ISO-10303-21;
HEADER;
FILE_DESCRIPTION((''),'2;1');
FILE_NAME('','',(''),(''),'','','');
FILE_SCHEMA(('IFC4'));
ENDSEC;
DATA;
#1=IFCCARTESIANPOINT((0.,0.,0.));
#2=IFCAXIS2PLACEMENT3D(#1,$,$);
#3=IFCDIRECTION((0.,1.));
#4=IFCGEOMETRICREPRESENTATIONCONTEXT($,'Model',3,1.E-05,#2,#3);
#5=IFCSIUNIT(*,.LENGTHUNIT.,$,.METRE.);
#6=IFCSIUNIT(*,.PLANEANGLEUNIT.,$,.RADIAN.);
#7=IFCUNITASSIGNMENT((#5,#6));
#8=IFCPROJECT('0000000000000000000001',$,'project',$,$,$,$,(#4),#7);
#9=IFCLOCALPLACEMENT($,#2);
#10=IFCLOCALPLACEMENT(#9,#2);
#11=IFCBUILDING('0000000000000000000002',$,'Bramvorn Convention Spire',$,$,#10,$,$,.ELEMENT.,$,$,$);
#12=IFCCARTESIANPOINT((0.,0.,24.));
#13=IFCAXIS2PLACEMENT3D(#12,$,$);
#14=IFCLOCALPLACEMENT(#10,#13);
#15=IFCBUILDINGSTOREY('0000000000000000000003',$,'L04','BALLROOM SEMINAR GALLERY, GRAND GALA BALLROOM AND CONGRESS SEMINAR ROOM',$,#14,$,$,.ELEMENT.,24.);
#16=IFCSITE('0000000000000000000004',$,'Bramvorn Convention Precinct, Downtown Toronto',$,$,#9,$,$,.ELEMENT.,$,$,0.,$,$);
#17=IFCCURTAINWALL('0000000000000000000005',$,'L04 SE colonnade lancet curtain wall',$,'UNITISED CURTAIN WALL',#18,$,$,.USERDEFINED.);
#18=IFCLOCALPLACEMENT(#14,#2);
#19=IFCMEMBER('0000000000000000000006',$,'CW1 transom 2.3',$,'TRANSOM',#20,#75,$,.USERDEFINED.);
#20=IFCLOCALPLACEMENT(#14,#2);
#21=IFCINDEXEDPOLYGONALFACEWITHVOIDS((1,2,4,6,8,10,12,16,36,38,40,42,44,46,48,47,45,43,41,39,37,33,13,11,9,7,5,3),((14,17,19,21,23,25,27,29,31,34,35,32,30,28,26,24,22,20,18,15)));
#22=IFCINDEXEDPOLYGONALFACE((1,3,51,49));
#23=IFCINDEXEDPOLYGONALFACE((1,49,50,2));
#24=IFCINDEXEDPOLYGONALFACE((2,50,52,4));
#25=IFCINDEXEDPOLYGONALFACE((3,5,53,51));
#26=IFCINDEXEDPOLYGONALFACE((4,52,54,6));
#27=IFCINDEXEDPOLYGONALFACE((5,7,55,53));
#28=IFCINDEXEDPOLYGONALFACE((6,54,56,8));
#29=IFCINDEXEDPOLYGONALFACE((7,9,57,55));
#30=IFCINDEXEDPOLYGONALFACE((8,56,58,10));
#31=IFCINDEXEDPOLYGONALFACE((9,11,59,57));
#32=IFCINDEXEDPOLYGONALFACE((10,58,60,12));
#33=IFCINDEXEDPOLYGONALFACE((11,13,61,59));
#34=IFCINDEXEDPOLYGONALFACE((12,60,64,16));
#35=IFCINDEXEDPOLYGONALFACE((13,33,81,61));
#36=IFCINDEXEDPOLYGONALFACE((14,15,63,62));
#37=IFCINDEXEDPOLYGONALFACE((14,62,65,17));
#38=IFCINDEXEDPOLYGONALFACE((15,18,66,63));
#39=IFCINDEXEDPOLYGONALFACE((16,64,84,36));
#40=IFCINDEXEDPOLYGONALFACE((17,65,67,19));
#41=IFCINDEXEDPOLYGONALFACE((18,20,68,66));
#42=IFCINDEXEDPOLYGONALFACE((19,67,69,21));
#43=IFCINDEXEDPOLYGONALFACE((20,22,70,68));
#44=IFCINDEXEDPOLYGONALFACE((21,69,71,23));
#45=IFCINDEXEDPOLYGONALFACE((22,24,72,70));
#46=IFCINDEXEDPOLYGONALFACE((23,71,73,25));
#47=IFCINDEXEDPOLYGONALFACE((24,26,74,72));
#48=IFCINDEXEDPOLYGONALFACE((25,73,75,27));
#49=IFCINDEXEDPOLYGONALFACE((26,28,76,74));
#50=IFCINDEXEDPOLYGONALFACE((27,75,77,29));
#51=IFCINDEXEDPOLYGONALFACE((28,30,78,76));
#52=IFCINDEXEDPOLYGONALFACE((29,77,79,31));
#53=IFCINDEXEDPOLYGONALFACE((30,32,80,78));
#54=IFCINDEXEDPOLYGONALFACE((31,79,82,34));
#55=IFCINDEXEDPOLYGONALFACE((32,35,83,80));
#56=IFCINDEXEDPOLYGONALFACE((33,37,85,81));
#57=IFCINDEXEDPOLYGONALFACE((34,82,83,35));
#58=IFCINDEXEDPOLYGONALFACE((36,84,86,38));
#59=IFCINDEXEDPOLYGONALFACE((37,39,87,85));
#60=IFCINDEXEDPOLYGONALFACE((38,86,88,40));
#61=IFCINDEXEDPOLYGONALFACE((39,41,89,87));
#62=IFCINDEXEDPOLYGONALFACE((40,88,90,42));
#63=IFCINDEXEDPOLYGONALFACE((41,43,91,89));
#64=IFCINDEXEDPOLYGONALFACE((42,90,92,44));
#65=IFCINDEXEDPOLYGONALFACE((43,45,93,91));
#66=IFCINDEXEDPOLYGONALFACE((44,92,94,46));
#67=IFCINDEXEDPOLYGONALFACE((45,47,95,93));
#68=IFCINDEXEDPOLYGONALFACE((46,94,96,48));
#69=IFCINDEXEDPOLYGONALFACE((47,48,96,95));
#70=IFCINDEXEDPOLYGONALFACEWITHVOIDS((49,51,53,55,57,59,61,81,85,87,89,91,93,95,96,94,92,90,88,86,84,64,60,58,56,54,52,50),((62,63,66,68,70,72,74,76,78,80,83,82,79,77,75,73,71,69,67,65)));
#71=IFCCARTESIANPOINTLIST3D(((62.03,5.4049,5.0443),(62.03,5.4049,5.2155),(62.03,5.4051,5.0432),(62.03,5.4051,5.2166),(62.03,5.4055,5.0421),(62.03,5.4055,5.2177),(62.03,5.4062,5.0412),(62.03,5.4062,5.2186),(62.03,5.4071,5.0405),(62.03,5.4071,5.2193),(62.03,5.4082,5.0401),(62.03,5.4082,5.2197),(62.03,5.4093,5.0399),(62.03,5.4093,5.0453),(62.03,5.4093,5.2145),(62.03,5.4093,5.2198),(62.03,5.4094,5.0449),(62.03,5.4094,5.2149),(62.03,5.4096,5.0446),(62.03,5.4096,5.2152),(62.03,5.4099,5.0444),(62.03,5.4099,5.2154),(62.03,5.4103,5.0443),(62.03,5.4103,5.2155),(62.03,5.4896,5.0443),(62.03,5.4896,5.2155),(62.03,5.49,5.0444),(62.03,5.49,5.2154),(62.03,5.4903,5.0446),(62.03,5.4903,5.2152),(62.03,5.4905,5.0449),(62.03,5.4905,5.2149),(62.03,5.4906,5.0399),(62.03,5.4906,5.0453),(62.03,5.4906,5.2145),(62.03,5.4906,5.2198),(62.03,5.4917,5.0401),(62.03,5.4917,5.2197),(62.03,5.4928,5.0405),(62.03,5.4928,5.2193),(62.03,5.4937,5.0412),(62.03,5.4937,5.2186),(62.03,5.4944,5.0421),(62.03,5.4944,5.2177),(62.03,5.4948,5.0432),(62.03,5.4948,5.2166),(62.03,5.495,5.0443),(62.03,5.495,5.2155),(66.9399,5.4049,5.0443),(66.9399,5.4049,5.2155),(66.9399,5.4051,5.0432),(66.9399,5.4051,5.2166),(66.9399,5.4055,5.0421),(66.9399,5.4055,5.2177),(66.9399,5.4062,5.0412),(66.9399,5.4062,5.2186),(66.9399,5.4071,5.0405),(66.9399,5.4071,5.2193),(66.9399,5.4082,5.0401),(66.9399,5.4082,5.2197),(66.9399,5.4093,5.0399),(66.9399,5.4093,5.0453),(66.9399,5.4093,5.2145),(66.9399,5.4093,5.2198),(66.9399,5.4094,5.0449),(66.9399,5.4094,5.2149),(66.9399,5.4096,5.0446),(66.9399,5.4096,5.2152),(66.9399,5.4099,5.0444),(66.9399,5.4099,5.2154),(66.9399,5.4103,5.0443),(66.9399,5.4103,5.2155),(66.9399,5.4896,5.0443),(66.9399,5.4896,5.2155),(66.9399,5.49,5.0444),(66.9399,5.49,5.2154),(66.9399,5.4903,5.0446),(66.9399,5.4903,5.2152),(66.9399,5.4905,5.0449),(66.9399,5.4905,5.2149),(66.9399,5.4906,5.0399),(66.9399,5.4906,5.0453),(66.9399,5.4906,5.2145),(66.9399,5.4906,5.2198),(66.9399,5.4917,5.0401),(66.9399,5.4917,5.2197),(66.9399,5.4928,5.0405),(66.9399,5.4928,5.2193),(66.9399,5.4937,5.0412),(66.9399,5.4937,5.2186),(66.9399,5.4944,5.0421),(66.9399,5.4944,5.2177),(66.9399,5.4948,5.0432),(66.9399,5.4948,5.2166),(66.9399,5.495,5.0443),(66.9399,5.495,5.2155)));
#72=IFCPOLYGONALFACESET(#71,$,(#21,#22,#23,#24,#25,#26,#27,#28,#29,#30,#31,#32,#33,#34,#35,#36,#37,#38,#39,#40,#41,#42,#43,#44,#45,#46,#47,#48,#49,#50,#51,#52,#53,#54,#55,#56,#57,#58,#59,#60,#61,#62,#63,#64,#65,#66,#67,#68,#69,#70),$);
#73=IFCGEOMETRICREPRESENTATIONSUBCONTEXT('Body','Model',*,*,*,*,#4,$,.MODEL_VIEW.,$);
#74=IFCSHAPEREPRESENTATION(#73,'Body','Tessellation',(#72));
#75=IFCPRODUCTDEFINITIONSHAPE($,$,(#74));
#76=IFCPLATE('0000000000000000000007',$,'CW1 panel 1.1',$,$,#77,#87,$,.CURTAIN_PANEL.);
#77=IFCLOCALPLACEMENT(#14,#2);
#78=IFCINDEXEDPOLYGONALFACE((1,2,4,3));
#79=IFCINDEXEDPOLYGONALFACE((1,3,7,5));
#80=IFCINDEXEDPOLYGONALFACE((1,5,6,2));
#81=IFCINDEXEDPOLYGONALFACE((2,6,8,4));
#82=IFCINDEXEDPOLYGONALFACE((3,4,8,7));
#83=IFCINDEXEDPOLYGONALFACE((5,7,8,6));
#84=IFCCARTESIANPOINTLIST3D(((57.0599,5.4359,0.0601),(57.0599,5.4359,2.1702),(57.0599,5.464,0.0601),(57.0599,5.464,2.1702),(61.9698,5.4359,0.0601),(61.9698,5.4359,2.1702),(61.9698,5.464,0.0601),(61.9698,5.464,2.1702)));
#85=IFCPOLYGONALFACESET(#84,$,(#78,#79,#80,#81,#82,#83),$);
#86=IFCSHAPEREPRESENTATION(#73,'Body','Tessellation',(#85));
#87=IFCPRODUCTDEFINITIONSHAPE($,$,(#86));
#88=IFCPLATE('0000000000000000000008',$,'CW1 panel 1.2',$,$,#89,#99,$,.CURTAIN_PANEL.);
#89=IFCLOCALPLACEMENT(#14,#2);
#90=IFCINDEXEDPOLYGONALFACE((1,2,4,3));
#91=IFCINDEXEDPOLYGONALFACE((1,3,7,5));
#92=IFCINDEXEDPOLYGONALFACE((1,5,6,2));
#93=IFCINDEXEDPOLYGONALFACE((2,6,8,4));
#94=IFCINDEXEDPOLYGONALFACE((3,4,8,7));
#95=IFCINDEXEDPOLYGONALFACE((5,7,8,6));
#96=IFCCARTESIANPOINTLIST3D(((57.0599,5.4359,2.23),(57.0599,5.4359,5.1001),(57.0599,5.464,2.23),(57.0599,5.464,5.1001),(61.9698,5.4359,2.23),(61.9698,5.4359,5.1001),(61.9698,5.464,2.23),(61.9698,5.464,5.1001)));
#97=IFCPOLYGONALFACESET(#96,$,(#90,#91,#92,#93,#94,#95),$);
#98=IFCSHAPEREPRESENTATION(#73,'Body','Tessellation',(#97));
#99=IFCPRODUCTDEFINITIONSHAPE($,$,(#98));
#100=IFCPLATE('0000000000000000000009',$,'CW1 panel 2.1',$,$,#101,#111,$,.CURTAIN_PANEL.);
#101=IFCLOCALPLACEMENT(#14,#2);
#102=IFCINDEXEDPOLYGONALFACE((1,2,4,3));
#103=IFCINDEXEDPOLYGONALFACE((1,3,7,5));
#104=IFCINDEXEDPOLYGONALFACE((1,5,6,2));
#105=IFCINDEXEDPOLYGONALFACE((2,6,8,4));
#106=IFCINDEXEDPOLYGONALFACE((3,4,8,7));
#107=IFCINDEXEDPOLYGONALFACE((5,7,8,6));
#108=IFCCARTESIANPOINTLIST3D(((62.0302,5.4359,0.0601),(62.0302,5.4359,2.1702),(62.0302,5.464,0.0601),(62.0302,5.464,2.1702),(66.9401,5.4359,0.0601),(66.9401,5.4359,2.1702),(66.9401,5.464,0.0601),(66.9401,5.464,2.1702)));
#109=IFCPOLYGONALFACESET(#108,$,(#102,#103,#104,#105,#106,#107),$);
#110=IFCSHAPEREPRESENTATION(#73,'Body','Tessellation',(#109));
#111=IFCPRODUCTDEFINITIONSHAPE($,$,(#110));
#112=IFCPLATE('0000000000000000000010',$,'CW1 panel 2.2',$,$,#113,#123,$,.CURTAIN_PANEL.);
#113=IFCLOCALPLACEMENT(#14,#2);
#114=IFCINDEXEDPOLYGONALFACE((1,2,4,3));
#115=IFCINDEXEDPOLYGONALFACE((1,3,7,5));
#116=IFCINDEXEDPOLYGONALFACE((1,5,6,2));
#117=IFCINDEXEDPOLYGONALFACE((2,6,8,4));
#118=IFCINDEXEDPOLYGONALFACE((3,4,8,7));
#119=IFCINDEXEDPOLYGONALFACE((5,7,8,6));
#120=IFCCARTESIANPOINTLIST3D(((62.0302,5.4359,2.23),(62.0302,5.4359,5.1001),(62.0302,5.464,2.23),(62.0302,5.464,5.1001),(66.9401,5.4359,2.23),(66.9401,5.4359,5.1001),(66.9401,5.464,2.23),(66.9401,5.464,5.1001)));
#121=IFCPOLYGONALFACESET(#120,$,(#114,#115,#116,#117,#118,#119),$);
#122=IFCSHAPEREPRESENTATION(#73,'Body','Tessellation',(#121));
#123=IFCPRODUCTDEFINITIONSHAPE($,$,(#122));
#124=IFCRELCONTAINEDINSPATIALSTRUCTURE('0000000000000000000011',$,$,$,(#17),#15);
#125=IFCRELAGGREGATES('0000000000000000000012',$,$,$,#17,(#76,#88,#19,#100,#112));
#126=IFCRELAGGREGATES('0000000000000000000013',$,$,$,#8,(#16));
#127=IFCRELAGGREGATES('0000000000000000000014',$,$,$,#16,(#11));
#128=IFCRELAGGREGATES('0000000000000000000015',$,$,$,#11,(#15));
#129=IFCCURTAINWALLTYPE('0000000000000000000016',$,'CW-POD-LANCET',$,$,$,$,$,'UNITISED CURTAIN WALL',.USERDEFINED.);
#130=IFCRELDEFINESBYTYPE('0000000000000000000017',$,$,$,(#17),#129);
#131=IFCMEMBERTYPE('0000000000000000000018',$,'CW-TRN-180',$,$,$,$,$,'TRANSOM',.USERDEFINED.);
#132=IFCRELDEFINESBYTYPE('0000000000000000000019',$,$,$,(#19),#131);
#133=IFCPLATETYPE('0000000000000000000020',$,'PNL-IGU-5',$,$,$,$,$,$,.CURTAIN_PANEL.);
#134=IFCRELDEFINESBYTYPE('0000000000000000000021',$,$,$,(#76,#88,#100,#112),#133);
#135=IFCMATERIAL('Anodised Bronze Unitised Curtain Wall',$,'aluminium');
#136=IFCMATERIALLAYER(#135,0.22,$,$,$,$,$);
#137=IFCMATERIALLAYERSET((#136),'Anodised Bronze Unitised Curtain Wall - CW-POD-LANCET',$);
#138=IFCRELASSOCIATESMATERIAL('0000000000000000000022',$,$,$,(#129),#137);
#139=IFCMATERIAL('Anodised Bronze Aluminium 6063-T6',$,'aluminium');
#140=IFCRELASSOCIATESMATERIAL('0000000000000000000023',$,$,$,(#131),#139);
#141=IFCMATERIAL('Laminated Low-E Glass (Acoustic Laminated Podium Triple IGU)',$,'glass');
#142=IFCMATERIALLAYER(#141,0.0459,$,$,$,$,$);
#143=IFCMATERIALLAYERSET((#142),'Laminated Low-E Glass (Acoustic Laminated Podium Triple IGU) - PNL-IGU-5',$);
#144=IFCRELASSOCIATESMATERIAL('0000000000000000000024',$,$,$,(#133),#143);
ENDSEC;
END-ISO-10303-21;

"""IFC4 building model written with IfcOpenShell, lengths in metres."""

from ifc_helpers import new_model, si_unit, direction, frame, origin, origin_2d, place, context, subcontext, project, spatial, rectangle, hollow_rectangle, extrude, material, layer, layer_set, material_profile, profile_set, type_object, element, aggregate, save


model = new_model("IFC4")

# Units and contexts
model_context = context("Model", 3, precision=1e-05, world=origin(), true_north=direction((0.0, 1.0)))
body_context = subcontext(model_context, "Body", "Model", "MODEL_VIEW")
ifc_project = project(units=[si_unit("LENGTHUNIT", "METRE"), si_unit("PLANEANGLEUNIT", "RADIAN")], contexts=[model_context])

# Site, building, storey
site_placement = place(None, origin())
site = spatial("IfcSite", under=ifc_project, at=site_placement, Name="Bramvorn Convention Precinct, Downtown Toronto", CompositionType="ELEMENT", RefElevation=0.0)
building_placement = place(site_placement, origin())
building = spatial("IfcBuilding", under=site, at=building_placement, Name="Bramvorn Convention Spire", CompositionType="ELEMENT")
storey_placement = place(building_placement, frame((0.0, 0.0, 24.0)))
storey = spatial("IfcBuildingStorey", under=building, at=storey_placement, Name="L04", Description="BALLROOM SEMINAR GALLERY, GRAND GALA BALLROOM AND CONGRESS SEMINAR ROOM", CompositionType="ELEMENT", Elevation=24.0)

# Curtain wall, member, plates
ifc_material_1 = material(Name="Anodised Bronze Unitised Curtain Wall", Category="aluminium")
ifc_layer_1 = layer(ifc_material_1, 0.22)
ifc_layer_set_1 = layer_set([ifc_layer_1], Name="Anodised Bronze Unitised Curtain Wall - CW-POD-LANCET")
curtain_wall_type = type_object("IfcCurtainWallType", Name="CW-POD-LANCET", ElementType="UNITISED CURTAIN WALL", PredefinedType="USERDEFINED", material=ifc_layer_set_1)
curtain_wall_placement = place(storey_placement, origin())
curtain_wall = element("IfcCurtainWall", 1, at=curtain_wall_placement, inside=storey, type_object=curtain_wall_type, Name="L04 SE colonnade lancet curtain wall", ObjectType="UNITISED CURTAIN WALL", PredefinedType="USERDEFINED")
ifc_material_2 = material(Name="Anodised Bronze Aluminium 6063-T6", Category="aluminium")
ifc_material_profile_1 = material_profile(ifc_material_2, hollow_rectangle(XDim=0.0901, YDim=0.1799, WallThickness=0.0044, InnerFilletRadius=0.001, OuterFilletRadius=0.0044, at=origin_2d()))
ifc_profile_set_1 = profile_set([ifc_material_profile_1], Name="Anodised Bronze Aluminium 6063-T6 - CWT90X180")
member_type_1 = type_object("IfcMemberType", Name="CW-TRN-180", ElementType="TRANSOM", PredefinedType="USERDEFINED", material=ifc_profile_set_1)
member_1_placement = place(storey_placement, frame((62.03, 5.45, 5.1299), z_axis=(1.0, 0.0, 0.0), x_axis=(0.0, 1.0, 0.0)))
member_1 = element("IfcMember", 2, at=member_1_placement, type_object=member_type_1, Name="CW1 transom 2.3", ObjectType="TRANSOM", PredefinedType="USERDEFINED", context=body_context, shape_type="SweptSolid", body=[
    extrude(hollow_rectangle(XDim=0.0901, YDim=0.1799, WallThickness=0.0044, InnerFilletRadius=0.001, OuterFilletRadius=0.0044, at=origin_2d()), origin(), (0.0, 0.0, 1.0), 4.9099),
])
ifc_material_3 = material(Name="Laminated Low-E Glass (Acoustic Laminated Podium Triple IGU)", Category="glass")
ifc_layer_2 = layer(ifc_material_3, 0.0459)
ifc_layer_set_2 = layer_set([ifc_layer_2], Name="Laminated Low-E Glass (Acoustic Laminated Podium Triple IGU) - PNL-IGU-5")
plate_type = type_object("IfcPlateType", Name="PNL-IGU-5", PredefinedType="CURTAIN_PANEL", material=ifc_layer_set_2)
plate_1_placement = place(storey_placement, frame((59.5149, 5.45, 0.0601), z_axis=(0.0, 0.0, 1.0), x_axis=(1.0, 0.0, 0.0)))
plate_1 = element("IfcPlate", 3, at=plate_1_placement, type_object=plate_type, Name="CW1 panel 1.1", PredefinedType="CURTAIN_PANEL", context=body_context, shape_type="SweptSolid", body=[
    extrude(rectangle(XDim=4.9099, YDim=0.0281, at=origin_2d()), origin(), (0.0, 0.0, 1.0), 2.1101),
])
plate_2_placement = place(storey_placement, frame((59.5149, 5.45, 2.23), z_axis=(0.0, 0.0, 1.0), x_axis=(1.0, 0.0, 0.0)))
plate_2 = element("IfcPlate", 4, at=plate_2_placement, type_object=plate_type, Name="CW1 panel 1.2", PredefinedType="CURTAIN_PANEL", context=body_context, shape_type="SweptSolid", body=[
    extrude(rectangle(XDim=4.9099, YDim=0.0281, at=origin_2d()), origin(), (0.0, 0.0, 1.0), 2.8701),
])
plate_3_placement = place(storey_placement, frame((64.4851, 5.45, 0.0601), z_axis=(0.0, 0.0, 1.0), x_axis=(1.0, 0.0, 0.0)))
plate_3 = element("IfcPlate", 5, at=plate_3_placement, type_object=plate_type, Name="CW1 panel 2.1", PredefinedType="CURTAIN_PANEL", context=body_context, shape_type="SweptSolid", body=[
    extrude(rectangle(XDim=4.9099, YDim=0.0281, at=origin_2d()), origin(), (0.0, 0.0, 1.0), 2.1101),
])
plate_4_placement = place(storey_placement, frame((64.4851, 5.45, 2.23), z_axis=(0.0, 0.0, 1.0), x_axis=(1.0, 0.0, 0.0)))
plate_4 = element("IfcPlate", 6, at=plate_4_placement, type_object=plate_type, Name="CW1 panel 2.2", PredefinedType="CURTAIN_PANEL", context=body_context, shape_type="SweptSolid", body=[
    extrude(rectangle(XDim=4.9099, YDim=0.0281, at=origin_2d()), origin(), (0.0, 0.0, 1.0), 2.8701),
])
aggregate(curtain_wall, [plate_1, plate_2, member_1, plate_3, plate_4])

save(model, "model.ifc")
